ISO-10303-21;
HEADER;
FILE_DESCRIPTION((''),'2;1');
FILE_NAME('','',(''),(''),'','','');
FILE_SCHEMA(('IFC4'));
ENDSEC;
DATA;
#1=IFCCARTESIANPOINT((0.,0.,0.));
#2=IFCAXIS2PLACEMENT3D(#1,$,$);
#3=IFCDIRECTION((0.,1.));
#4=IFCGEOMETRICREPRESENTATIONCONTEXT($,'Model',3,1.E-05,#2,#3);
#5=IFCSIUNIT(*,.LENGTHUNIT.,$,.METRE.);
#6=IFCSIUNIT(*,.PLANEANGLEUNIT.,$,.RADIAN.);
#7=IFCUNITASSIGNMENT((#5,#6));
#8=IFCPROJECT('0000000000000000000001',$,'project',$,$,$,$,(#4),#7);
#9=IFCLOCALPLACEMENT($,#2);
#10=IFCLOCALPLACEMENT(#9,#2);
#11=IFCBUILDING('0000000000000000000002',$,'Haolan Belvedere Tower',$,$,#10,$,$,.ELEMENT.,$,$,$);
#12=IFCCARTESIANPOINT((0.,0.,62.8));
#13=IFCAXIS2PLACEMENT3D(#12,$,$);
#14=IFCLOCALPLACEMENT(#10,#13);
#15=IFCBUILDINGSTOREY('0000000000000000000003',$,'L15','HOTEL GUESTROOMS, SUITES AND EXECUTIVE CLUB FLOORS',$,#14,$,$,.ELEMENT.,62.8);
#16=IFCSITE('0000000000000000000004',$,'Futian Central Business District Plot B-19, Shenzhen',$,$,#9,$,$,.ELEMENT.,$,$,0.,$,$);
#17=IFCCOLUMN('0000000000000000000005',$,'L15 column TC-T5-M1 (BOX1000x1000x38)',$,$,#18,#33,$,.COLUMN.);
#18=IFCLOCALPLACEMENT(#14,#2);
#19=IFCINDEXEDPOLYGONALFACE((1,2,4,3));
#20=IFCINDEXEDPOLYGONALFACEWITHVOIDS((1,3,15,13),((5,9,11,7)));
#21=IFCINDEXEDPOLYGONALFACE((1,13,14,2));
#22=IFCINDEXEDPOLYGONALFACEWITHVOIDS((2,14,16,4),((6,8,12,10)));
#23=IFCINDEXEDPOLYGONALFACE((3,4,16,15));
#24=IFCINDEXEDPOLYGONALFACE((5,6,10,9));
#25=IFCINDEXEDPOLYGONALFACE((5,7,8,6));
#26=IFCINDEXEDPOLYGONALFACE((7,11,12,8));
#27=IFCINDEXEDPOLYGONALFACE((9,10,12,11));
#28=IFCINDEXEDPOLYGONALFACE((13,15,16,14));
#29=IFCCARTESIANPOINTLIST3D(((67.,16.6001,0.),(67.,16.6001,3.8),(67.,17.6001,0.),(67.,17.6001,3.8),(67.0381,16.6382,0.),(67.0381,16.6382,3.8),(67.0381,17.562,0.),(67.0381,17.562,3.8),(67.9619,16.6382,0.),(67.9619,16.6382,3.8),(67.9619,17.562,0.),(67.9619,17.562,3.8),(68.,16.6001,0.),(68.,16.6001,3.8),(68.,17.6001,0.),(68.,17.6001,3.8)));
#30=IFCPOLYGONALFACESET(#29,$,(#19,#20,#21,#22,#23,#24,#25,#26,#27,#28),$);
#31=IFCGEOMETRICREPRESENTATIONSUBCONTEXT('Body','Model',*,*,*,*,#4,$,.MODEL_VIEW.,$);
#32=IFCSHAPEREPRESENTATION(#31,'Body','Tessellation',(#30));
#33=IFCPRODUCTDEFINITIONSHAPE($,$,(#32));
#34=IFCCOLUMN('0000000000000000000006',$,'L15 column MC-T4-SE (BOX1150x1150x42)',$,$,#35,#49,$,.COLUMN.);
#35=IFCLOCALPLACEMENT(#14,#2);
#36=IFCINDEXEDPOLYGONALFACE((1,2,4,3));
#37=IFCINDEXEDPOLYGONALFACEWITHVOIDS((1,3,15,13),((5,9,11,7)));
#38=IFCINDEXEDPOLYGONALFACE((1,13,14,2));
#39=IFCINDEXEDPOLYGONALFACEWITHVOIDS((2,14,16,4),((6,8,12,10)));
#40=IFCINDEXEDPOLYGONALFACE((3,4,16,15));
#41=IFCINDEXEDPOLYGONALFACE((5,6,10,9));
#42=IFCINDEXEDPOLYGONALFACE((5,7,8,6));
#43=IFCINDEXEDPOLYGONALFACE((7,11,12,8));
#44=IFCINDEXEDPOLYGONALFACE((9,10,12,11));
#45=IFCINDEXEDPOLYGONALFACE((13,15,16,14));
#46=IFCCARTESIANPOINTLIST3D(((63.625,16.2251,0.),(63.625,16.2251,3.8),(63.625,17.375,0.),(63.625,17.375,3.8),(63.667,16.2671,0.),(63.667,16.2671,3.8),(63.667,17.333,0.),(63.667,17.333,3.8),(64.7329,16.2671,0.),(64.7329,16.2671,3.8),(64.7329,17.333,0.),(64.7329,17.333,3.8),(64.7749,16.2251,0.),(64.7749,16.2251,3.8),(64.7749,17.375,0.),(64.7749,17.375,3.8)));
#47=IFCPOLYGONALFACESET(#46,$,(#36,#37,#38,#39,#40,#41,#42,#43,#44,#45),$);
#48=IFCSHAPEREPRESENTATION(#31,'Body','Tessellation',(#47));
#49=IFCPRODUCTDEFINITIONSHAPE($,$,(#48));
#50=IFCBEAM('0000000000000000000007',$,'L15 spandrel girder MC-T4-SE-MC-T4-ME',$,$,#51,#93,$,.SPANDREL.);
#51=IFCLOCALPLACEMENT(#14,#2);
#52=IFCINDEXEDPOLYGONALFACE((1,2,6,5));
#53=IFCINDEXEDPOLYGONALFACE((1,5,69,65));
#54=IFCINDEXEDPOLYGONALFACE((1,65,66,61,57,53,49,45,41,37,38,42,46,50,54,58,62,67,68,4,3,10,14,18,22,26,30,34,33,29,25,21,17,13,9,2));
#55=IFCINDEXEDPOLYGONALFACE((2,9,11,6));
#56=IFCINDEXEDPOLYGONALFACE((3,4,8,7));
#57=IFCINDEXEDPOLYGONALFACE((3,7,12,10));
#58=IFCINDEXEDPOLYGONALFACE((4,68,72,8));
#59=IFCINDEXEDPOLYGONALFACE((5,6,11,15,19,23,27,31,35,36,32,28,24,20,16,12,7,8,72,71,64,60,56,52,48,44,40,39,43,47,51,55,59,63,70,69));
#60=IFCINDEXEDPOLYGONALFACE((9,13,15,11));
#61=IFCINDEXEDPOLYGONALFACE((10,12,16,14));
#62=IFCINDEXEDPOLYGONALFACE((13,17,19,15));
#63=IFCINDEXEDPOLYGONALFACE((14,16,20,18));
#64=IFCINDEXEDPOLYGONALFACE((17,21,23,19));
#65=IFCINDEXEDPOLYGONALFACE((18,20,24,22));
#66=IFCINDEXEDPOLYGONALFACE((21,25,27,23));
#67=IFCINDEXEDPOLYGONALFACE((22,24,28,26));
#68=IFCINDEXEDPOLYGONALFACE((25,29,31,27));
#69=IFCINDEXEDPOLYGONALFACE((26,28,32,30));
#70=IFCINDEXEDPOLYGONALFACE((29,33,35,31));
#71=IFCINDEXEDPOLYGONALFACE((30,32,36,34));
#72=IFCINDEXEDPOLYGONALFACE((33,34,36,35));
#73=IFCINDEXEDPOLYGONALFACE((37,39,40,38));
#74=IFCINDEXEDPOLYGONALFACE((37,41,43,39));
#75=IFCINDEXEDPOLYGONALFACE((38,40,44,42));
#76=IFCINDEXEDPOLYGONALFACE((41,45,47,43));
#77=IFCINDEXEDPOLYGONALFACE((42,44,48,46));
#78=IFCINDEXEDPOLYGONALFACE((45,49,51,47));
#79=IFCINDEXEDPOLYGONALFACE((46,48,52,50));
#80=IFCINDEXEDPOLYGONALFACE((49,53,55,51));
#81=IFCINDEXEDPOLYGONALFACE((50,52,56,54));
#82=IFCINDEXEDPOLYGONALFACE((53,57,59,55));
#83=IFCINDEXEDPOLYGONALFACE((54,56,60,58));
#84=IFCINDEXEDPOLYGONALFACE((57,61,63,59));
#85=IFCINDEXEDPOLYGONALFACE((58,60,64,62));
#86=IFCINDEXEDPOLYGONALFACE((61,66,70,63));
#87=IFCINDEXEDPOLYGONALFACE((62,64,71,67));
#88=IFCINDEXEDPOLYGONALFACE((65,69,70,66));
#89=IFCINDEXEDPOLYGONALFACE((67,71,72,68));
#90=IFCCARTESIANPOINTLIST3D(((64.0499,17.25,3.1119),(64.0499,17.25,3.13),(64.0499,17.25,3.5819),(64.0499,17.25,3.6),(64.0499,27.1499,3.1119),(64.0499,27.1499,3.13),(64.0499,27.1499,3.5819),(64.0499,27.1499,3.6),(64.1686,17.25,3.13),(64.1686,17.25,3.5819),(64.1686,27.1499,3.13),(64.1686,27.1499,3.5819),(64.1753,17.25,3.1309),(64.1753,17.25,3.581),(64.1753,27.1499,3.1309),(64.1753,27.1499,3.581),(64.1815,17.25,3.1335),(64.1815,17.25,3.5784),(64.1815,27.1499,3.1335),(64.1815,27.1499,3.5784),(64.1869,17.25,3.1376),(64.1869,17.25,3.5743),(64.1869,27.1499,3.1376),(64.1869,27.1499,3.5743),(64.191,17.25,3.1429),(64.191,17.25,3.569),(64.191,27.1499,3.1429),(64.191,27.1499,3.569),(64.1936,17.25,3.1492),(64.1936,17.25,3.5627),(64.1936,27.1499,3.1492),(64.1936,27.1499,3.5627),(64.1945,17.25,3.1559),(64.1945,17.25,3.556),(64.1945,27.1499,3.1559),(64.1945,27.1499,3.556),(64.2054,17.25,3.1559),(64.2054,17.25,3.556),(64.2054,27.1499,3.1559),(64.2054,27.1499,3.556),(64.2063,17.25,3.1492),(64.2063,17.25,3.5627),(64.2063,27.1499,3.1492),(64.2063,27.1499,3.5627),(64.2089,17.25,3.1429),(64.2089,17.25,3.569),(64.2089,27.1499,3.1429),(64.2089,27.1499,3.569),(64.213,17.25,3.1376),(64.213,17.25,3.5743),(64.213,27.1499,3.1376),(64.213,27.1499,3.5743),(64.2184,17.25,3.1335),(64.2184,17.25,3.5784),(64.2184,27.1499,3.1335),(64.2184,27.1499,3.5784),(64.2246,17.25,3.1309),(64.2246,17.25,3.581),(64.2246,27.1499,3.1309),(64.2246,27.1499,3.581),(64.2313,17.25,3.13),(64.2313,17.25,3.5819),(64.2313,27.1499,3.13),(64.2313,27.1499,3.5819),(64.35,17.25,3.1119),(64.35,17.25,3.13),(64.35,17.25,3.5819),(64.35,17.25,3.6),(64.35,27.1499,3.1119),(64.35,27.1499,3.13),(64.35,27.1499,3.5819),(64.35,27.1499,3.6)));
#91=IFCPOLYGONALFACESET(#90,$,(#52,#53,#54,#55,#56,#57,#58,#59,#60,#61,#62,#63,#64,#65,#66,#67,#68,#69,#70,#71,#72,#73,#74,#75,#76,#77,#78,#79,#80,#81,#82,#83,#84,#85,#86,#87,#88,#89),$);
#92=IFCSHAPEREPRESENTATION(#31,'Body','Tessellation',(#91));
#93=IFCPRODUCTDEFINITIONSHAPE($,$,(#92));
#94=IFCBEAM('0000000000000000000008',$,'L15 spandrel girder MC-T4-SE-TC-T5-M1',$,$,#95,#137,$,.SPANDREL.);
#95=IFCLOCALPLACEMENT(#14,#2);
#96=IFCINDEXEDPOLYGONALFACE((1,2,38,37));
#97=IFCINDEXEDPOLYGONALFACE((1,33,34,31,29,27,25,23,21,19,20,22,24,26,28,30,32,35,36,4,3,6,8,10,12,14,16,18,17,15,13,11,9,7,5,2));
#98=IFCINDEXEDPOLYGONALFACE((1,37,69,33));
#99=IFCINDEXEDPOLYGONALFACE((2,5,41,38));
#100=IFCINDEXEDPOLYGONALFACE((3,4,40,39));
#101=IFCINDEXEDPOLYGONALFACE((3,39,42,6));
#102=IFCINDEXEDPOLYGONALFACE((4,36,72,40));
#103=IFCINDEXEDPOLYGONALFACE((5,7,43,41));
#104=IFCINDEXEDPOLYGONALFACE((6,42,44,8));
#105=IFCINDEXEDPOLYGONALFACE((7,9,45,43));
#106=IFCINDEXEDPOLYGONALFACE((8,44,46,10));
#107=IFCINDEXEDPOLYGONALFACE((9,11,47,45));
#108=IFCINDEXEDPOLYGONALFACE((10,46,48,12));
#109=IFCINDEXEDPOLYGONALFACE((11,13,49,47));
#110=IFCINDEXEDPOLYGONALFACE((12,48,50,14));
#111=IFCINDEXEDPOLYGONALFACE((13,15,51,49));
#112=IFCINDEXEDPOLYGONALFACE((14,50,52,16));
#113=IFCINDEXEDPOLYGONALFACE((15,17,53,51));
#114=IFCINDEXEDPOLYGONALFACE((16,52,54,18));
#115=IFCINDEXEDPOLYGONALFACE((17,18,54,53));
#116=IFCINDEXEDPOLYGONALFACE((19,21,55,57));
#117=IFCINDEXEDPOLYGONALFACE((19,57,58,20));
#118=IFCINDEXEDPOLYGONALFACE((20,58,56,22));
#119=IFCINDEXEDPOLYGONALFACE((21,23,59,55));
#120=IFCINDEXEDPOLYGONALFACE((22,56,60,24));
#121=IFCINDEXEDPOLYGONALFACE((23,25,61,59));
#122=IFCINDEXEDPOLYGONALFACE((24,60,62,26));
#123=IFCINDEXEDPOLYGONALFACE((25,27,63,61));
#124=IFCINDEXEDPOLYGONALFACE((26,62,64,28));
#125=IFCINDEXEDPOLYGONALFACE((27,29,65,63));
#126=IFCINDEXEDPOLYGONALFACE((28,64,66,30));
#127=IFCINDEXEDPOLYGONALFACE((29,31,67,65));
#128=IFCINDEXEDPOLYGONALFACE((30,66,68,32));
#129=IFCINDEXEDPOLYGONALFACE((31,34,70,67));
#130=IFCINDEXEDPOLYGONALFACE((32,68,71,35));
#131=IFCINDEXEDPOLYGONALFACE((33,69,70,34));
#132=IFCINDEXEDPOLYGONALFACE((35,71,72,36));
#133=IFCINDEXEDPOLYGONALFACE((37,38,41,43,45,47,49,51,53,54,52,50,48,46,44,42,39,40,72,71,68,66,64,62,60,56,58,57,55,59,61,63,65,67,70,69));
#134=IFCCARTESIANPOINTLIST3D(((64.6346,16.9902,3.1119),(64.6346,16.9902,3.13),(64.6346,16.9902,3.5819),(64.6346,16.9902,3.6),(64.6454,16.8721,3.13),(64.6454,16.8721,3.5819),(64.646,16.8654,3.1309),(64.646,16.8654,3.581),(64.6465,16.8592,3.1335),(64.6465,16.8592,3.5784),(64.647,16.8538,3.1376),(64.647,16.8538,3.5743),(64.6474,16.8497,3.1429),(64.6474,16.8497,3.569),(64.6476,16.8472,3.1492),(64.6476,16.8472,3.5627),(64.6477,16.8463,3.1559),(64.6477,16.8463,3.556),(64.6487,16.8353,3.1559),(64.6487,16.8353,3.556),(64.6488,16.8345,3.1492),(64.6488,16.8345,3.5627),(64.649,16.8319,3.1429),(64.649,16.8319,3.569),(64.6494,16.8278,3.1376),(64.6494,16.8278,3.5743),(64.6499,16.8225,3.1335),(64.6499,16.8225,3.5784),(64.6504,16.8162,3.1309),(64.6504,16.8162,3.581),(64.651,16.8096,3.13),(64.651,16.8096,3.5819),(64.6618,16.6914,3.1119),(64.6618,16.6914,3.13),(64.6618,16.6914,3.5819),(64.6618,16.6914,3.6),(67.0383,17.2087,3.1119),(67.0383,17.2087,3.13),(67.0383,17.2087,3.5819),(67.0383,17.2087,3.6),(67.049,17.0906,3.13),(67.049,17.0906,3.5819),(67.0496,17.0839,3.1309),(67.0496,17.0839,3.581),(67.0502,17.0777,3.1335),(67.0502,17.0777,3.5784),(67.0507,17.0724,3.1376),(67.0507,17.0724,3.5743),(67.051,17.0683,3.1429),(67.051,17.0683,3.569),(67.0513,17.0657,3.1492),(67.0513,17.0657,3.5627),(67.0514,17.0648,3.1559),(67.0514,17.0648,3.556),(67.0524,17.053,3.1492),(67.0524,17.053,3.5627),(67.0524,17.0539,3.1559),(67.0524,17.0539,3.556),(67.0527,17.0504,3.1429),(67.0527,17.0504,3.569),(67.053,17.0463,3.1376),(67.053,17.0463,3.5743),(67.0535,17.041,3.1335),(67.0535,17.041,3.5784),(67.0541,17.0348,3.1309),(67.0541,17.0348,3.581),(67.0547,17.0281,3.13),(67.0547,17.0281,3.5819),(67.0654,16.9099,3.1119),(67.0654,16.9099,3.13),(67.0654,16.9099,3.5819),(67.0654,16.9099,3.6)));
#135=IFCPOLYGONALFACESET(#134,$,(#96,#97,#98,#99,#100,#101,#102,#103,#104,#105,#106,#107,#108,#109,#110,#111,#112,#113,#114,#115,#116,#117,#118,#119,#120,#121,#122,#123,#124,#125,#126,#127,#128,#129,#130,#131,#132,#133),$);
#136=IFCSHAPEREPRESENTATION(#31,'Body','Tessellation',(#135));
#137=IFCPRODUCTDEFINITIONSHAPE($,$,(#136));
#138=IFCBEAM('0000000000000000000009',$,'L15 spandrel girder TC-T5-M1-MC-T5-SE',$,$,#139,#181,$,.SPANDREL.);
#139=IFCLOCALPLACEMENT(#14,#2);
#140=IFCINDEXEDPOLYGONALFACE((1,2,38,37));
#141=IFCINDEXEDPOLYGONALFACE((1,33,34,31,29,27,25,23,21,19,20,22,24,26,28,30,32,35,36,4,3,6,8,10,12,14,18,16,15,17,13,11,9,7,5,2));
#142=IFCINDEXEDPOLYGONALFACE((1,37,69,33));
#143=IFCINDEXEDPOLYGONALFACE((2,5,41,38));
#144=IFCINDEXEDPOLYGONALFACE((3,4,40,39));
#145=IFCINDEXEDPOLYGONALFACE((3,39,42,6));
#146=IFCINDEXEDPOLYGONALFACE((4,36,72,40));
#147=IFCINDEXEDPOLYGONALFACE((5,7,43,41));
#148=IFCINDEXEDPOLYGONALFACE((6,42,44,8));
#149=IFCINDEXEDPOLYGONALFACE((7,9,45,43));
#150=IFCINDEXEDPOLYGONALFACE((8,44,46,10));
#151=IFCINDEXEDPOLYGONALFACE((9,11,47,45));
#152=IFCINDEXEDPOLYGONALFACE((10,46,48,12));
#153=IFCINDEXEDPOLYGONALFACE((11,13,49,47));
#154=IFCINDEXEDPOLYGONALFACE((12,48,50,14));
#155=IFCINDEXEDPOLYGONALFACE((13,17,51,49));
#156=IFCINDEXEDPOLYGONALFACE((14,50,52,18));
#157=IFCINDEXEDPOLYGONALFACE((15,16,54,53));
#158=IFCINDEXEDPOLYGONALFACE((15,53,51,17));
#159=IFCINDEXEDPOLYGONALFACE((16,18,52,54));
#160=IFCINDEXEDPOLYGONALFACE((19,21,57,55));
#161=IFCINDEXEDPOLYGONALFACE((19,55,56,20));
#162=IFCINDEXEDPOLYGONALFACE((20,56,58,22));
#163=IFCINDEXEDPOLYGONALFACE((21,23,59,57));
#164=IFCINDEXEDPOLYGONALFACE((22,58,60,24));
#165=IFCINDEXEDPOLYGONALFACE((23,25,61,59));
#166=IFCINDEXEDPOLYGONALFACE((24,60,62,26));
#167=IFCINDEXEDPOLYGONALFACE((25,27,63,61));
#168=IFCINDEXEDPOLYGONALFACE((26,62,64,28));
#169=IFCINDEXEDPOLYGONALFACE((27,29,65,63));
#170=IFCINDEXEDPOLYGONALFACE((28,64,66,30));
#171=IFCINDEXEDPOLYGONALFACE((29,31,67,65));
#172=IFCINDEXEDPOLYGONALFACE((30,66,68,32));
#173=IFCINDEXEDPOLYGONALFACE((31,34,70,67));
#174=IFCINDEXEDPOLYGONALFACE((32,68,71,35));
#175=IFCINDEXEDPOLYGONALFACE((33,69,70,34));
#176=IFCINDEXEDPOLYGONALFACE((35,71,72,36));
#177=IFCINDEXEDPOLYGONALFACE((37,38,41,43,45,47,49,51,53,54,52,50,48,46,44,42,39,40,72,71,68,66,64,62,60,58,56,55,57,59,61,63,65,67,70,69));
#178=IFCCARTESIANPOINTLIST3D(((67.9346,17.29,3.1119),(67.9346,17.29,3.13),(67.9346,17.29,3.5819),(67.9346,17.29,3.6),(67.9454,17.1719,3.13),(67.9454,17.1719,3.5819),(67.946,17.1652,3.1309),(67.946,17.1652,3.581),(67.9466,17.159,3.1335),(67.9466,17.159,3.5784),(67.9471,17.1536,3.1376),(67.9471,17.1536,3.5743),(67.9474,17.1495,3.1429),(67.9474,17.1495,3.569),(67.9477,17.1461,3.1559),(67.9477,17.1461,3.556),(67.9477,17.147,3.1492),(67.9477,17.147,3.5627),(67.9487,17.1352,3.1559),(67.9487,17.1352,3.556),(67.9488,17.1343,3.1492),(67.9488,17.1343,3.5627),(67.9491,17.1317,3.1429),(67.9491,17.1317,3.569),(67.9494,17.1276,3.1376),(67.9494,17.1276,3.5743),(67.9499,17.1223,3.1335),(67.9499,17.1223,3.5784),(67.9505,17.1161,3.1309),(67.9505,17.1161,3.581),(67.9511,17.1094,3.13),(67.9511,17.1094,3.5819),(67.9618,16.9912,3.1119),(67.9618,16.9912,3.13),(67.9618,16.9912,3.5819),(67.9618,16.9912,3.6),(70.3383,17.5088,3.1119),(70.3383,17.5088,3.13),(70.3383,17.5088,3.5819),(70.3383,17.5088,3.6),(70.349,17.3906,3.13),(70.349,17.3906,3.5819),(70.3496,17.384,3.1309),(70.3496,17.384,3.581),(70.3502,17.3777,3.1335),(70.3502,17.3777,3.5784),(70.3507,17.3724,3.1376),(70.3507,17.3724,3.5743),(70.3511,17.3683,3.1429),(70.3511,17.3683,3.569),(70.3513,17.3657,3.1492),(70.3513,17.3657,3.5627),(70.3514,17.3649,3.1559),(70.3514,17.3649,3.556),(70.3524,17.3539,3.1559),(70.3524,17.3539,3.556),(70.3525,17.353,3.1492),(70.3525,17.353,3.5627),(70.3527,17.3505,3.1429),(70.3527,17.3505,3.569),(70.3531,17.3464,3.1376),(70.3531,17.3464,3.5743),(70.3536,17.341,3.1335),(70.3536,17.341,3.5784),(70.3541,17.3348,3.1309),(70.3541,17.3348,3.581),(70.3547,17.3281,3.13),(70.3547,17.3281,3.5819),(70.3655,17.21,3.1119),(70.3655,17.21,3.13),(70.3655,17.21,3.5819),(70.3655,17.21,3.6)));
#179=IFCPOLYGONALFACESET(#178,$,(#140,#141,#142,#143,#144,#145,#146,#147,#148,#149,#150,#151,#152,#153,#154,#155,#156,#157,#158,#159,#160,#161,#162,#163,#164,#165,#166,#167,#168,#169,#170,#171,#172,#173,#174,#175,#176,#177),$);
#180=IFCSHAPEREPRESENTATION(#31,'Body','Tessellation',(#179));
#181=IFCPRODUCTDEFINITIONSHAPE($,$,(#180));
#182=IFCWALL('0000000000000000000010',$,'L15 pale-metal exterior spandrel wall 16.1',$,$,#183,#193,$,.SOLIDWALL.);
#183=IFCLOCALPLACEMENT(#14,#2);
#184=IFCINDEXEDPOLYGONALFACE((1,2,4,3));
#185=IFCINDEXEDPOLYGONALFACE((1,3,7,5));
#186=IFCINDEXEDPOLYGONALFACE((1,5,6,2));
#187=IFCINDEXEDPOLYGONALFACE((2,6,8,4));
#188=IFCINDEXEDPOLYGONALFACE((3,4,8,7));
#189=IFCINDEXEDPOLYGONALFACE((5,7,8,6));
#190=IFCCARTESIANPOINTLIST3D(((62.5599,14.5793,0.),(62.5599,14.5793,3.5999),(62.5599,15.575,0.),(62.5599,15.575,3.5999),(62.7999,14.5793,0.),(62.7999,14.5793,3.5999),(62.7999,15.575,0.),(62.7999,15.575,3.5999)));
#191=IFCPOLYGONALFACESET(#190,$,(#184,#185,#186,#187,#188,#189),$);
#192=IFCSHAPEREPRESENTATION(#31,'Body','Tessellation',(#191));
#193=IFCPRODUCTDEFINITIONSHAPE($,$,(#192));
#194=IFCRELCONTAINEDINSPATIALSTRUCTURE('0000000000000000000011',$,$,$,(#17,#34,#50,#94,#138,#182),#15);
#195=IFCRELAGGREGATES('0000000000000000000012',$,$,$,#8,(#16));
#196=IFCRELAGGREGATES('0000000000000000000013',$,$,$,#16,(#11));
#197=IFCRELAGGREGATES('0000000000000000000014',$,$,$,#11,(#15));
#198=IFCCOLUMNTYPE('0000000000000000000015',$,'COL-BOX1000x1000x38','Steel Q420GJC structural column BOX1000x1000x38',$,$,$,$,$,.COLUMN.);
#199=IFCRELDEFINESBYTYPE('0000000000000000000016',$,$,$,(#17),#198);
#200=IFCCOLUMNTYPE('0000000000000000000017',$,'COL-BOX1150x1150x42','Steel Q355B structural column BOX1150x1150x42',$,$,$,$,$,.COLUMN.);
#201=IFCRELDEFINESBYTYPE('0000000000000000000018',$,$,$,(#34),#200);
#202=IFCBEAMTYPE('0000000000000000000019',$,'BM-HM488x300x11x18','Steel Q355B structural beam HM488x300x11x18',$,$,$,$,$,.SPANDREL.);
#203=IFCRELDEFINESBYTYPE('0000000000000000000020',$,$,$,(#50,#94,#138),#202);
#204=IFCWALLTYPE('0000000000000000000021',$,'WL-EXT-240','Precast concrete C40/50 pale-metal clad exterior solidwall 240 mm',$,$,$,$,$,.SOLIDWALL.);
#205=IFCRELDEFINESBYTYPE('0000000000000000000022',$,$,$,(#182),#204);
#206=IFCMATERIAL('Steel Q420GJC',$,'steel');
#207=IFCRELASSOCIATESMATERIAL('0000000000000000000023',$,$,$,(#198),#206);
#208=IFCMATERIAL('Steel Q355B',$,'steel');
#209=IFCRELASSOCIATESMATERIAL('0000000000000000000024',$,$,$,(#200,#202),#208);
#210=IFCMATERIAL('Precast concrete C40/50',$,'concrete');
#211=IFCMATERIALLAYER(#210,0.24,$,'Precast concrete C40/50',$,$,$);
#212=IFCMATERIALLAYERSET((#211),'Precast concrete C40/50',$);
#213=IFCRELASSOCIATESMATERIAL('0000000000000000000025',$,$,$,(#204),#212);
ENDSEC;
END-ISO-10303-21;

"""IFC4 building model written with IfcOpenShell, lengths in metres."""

from ifc_helpers import new_model, si_unit, direction, frame, frame_2d, origin, origin_2d, place, context, subcontext, project, spatial, rectangle, hollow_rectangle, i_section, extrude, material, layer, layer_set, material_profile, profile_set, type_object, element, save


model = new_model("IFC4")

# Units and contexts
model_context = context("Model", 3, precision=1e-05, world=origin(), true_north=direction((0.0, 1.0)))
body_context = subcontext(model_context, "Body", "Model", "MODEL_VIEW")
ifc_project = project(units=[si_unit("LENGTHUNIT", "METRE"), si_unit("PLANEANGLEUNIT", "RADIAN")], contexts=[model_context])

# Site, building, storey
site_placement = place(None, origin())
site = spatial("IfcSite", under=ifc_project, at=site_placement, Name="Futian Central Business District Plot B-19, Shenzhen", CompositionType="ELEMENT", RefElevation=0.0)
building_placement = place(site_placement, origin())
building = spatial("IfcBuilding", under=site, at=building_placement, Name="Haolan Belvedere Tower", CompositionType="ELEMENT")
storey_placement = place(building_placement, frame((0.0, 0.0, 62.8)))
storey = spatial("IfcBuildingStorey", under=building, at=storey_placement, Name="L15", Description="HOTEL GUESTROOMS, SUITES AND EXECUTIVE CLUB FLOORS", CompositionType="ELEMENT", Elevation=62.8)

# Columns
ifc_material_1 = material(Name="Steel Q420GJC", Category="steel")
ifc_material_profile_1 = material_profile(ifc_material_1, hollow_rectangle(XDim=1.0, YDim=1.0, WallThickness=0.0381, at=origin_2d()), Name="Steel Q420GJC")
ifc_profile_set_1 = profile_set([ifc_material_profile_1], Name="Steel Q420GJC")
column_type_1 = type_object("IfcColumnType", Name="COL-BOX1000x1000x38", Description="Steel Q420GJC structural column BOX1000x1000x38", PredefinedType="COLUMN", material=ifc_profile_set_1)
column_1_placement = place(storey_placement, frame((67.5, 17.1001, 0.0), z_axis=(0.0, 0.0, 1.0), x_axis=(1.0, 0.0, 0.0)))
element("IfcColumn", 1, at=column_1_placement, inside=storey, type_object=column_type_1, Name="L15 column TC-T5-M1 (BOX1000x1000x38)", PredefinedType="COLUMN", context=body_context, shape_type="SweptSolid", body=[
    extrude(hollow_rectangle(XDim=1.0, YDim=1.0, WallThickness=0.0381, at=origin_2d()), origin(), (0.0, 0.0, 1.0), 3.8),
])
ifc_material_2 = material(Name="Steel Q355B", Category="steel")
ifc_material_profile_2 = material_profile(ifc_material_2, hollow_rectangle(XDim=1.1499, YDim=1.1499, WallThickness=0.042, at=origin_2d()), Name="Steel Q355B")
ifc_profile_set_2 = profile_set([ifc_material_profile_2], Name="Steel Q355B")
column_type_2 = type_object("IfcColumnType", Name="COL-BOX1150x1150x42", Description="Steel Q355B structural column BOX1150x1150x42", PredefinedType="COLUMN", material=ifc_profile_set_2)
column_2_placement = place(storey_placement, frame((64.2, 16.8, 0.0), z_axis=(0.0, 0.0, 1.0), x_axis=(1.0, 0.0, 0.0)))
element("IfcColumn", 2, at=column_2_placement, inside=storey, type_object=column_type_2, Name="L15 column MC-T4-SE (BOX1150x1150x42)", PredefinedType="COLUMN", context=body_context, shape_type="SweptSolid", body=[
    extrude(hollow_rectangle(XDim=1.1499, YDim=1.1499, WallThickness=0.042, at=origin_2d()), origin(), (0.0, 0.0, 1.0), 3.8),
])

# Beams
ifc_material_profile_3 = material_profile(ifc_material_2, i_section(OverallWidth=0.3, OverallDepth=0.488, WebThickness=0.011, FlangeThickness=0.0181, FilletRadius=0.0259, at=origin_2d()), Name="Steel Q355B")
ifc_profile_set_3 = profile_set([ifc_material_profile_3], Name="Steel Q355B")
beam_type = type_object("IfcBeamType", Name="BM-HM488x300x11x18", Description="Steel Q355B structural beam HM488x300x11x18", PredefinedType="SPANDREL", material=ifc_profile_set_3)
beam_placement = place(storey_placement, frame((64.2, 17.25, 3.356), z_axis=(0.0, 1.0, 0.0), x_axis=(-1.0, 0.0, 0.0)))
element("IfcBeam", 3, at=beam_placement, inside=storey, type_object=beam_type, Name="L15 spandrel girder MC-T4-SE-MC-T4-ME", PredefinedType="SPANDREL", context=body_context, shape_type="SweptSolid", body=[
    extrude(i_section(OverallWidth=0.3, OverallDepth=0.488, WebThickness=0.011, FlangeThickness=0.0181, FilletRadius=0.0259, at=origin_2d()), origin(), (0.0, 0.0, 1.0), 9.8999),
])
for number, where, z_axis, x_axis, name in (
    (4, (64.6482, 16.8408, 3.356), (0.995893, 0.090536, 0.0), (-0.090536, 0.995893, 0.0), "L15 spandrel girder MC-T4-SE-TC-T5-M1"),
    (5, (67.9482, 17.1406, 3.356), (0.995884, 0.090636, 0.0), (-0.090636, 0.995884, 0.0), "L15 spandrel girder TC-T5-M1-MC-T5-SE"),
):
    element("IfcBeam", number, at=place(storey_placement, frame(where, z_axis=z_axis, x_axis=x_axis)), inside=storey, type_object=beam_type, Name=name, PredefinedType="SPANDREL", context=body_context, shape_type="SweptSolid", body=[
        extrude(i_section(OverallWidth=0.3, OverallDepth=0.488, WebThickness=0.011, FlangeThickness=0.0181, FilletRadius=0.0259, at=origin_2d()), origin(), (0.0, 0.0, 1.0), 2.4136),
    ])

# Wall
ifc_material_3 = material(Name="Precast concrete C40/50", Category="concrete")
ifc_layer_1 = layer(ifc_material_3, 0.24, Name="Precast concrete C40/50")
ifc_layer_set_1 = layer_set([ifc_layer_1], Name="Precast concrete C40/50")
wall_type_1 = type_object("IfcWallType", Name="WL-EXT-240", Description="Precast concrete C40/50 pale-metal clad exterior solidwall 240 mm", PredefinedType="SOLIDWALL", material=ifc_layer_set_1)
wall_1_placement = place(storey_placement, frame((62.6799, 14.5793, 0.0), z_axis=(0.0, 0.0, 1.0), x_axis=(0.0, 1.0, 0.0)))
element("IfcWall", 6, at=wall_1_placement, inside=storey, type_object=wall_type_1, Name="L15 pale-metal exterior spandrel wall 16.1", PredefinedType="SOLIDWALL", context=body_context, shape_type="SweptSolid", body=[
    extrude(rectangle(XDim=0.9956, YDim=0.24, at=frame_2d((0.4978, 0.0))), origin(), (0.0, 0.0, 1.0), 3.5999),
])

save(model, "model.ifc")
